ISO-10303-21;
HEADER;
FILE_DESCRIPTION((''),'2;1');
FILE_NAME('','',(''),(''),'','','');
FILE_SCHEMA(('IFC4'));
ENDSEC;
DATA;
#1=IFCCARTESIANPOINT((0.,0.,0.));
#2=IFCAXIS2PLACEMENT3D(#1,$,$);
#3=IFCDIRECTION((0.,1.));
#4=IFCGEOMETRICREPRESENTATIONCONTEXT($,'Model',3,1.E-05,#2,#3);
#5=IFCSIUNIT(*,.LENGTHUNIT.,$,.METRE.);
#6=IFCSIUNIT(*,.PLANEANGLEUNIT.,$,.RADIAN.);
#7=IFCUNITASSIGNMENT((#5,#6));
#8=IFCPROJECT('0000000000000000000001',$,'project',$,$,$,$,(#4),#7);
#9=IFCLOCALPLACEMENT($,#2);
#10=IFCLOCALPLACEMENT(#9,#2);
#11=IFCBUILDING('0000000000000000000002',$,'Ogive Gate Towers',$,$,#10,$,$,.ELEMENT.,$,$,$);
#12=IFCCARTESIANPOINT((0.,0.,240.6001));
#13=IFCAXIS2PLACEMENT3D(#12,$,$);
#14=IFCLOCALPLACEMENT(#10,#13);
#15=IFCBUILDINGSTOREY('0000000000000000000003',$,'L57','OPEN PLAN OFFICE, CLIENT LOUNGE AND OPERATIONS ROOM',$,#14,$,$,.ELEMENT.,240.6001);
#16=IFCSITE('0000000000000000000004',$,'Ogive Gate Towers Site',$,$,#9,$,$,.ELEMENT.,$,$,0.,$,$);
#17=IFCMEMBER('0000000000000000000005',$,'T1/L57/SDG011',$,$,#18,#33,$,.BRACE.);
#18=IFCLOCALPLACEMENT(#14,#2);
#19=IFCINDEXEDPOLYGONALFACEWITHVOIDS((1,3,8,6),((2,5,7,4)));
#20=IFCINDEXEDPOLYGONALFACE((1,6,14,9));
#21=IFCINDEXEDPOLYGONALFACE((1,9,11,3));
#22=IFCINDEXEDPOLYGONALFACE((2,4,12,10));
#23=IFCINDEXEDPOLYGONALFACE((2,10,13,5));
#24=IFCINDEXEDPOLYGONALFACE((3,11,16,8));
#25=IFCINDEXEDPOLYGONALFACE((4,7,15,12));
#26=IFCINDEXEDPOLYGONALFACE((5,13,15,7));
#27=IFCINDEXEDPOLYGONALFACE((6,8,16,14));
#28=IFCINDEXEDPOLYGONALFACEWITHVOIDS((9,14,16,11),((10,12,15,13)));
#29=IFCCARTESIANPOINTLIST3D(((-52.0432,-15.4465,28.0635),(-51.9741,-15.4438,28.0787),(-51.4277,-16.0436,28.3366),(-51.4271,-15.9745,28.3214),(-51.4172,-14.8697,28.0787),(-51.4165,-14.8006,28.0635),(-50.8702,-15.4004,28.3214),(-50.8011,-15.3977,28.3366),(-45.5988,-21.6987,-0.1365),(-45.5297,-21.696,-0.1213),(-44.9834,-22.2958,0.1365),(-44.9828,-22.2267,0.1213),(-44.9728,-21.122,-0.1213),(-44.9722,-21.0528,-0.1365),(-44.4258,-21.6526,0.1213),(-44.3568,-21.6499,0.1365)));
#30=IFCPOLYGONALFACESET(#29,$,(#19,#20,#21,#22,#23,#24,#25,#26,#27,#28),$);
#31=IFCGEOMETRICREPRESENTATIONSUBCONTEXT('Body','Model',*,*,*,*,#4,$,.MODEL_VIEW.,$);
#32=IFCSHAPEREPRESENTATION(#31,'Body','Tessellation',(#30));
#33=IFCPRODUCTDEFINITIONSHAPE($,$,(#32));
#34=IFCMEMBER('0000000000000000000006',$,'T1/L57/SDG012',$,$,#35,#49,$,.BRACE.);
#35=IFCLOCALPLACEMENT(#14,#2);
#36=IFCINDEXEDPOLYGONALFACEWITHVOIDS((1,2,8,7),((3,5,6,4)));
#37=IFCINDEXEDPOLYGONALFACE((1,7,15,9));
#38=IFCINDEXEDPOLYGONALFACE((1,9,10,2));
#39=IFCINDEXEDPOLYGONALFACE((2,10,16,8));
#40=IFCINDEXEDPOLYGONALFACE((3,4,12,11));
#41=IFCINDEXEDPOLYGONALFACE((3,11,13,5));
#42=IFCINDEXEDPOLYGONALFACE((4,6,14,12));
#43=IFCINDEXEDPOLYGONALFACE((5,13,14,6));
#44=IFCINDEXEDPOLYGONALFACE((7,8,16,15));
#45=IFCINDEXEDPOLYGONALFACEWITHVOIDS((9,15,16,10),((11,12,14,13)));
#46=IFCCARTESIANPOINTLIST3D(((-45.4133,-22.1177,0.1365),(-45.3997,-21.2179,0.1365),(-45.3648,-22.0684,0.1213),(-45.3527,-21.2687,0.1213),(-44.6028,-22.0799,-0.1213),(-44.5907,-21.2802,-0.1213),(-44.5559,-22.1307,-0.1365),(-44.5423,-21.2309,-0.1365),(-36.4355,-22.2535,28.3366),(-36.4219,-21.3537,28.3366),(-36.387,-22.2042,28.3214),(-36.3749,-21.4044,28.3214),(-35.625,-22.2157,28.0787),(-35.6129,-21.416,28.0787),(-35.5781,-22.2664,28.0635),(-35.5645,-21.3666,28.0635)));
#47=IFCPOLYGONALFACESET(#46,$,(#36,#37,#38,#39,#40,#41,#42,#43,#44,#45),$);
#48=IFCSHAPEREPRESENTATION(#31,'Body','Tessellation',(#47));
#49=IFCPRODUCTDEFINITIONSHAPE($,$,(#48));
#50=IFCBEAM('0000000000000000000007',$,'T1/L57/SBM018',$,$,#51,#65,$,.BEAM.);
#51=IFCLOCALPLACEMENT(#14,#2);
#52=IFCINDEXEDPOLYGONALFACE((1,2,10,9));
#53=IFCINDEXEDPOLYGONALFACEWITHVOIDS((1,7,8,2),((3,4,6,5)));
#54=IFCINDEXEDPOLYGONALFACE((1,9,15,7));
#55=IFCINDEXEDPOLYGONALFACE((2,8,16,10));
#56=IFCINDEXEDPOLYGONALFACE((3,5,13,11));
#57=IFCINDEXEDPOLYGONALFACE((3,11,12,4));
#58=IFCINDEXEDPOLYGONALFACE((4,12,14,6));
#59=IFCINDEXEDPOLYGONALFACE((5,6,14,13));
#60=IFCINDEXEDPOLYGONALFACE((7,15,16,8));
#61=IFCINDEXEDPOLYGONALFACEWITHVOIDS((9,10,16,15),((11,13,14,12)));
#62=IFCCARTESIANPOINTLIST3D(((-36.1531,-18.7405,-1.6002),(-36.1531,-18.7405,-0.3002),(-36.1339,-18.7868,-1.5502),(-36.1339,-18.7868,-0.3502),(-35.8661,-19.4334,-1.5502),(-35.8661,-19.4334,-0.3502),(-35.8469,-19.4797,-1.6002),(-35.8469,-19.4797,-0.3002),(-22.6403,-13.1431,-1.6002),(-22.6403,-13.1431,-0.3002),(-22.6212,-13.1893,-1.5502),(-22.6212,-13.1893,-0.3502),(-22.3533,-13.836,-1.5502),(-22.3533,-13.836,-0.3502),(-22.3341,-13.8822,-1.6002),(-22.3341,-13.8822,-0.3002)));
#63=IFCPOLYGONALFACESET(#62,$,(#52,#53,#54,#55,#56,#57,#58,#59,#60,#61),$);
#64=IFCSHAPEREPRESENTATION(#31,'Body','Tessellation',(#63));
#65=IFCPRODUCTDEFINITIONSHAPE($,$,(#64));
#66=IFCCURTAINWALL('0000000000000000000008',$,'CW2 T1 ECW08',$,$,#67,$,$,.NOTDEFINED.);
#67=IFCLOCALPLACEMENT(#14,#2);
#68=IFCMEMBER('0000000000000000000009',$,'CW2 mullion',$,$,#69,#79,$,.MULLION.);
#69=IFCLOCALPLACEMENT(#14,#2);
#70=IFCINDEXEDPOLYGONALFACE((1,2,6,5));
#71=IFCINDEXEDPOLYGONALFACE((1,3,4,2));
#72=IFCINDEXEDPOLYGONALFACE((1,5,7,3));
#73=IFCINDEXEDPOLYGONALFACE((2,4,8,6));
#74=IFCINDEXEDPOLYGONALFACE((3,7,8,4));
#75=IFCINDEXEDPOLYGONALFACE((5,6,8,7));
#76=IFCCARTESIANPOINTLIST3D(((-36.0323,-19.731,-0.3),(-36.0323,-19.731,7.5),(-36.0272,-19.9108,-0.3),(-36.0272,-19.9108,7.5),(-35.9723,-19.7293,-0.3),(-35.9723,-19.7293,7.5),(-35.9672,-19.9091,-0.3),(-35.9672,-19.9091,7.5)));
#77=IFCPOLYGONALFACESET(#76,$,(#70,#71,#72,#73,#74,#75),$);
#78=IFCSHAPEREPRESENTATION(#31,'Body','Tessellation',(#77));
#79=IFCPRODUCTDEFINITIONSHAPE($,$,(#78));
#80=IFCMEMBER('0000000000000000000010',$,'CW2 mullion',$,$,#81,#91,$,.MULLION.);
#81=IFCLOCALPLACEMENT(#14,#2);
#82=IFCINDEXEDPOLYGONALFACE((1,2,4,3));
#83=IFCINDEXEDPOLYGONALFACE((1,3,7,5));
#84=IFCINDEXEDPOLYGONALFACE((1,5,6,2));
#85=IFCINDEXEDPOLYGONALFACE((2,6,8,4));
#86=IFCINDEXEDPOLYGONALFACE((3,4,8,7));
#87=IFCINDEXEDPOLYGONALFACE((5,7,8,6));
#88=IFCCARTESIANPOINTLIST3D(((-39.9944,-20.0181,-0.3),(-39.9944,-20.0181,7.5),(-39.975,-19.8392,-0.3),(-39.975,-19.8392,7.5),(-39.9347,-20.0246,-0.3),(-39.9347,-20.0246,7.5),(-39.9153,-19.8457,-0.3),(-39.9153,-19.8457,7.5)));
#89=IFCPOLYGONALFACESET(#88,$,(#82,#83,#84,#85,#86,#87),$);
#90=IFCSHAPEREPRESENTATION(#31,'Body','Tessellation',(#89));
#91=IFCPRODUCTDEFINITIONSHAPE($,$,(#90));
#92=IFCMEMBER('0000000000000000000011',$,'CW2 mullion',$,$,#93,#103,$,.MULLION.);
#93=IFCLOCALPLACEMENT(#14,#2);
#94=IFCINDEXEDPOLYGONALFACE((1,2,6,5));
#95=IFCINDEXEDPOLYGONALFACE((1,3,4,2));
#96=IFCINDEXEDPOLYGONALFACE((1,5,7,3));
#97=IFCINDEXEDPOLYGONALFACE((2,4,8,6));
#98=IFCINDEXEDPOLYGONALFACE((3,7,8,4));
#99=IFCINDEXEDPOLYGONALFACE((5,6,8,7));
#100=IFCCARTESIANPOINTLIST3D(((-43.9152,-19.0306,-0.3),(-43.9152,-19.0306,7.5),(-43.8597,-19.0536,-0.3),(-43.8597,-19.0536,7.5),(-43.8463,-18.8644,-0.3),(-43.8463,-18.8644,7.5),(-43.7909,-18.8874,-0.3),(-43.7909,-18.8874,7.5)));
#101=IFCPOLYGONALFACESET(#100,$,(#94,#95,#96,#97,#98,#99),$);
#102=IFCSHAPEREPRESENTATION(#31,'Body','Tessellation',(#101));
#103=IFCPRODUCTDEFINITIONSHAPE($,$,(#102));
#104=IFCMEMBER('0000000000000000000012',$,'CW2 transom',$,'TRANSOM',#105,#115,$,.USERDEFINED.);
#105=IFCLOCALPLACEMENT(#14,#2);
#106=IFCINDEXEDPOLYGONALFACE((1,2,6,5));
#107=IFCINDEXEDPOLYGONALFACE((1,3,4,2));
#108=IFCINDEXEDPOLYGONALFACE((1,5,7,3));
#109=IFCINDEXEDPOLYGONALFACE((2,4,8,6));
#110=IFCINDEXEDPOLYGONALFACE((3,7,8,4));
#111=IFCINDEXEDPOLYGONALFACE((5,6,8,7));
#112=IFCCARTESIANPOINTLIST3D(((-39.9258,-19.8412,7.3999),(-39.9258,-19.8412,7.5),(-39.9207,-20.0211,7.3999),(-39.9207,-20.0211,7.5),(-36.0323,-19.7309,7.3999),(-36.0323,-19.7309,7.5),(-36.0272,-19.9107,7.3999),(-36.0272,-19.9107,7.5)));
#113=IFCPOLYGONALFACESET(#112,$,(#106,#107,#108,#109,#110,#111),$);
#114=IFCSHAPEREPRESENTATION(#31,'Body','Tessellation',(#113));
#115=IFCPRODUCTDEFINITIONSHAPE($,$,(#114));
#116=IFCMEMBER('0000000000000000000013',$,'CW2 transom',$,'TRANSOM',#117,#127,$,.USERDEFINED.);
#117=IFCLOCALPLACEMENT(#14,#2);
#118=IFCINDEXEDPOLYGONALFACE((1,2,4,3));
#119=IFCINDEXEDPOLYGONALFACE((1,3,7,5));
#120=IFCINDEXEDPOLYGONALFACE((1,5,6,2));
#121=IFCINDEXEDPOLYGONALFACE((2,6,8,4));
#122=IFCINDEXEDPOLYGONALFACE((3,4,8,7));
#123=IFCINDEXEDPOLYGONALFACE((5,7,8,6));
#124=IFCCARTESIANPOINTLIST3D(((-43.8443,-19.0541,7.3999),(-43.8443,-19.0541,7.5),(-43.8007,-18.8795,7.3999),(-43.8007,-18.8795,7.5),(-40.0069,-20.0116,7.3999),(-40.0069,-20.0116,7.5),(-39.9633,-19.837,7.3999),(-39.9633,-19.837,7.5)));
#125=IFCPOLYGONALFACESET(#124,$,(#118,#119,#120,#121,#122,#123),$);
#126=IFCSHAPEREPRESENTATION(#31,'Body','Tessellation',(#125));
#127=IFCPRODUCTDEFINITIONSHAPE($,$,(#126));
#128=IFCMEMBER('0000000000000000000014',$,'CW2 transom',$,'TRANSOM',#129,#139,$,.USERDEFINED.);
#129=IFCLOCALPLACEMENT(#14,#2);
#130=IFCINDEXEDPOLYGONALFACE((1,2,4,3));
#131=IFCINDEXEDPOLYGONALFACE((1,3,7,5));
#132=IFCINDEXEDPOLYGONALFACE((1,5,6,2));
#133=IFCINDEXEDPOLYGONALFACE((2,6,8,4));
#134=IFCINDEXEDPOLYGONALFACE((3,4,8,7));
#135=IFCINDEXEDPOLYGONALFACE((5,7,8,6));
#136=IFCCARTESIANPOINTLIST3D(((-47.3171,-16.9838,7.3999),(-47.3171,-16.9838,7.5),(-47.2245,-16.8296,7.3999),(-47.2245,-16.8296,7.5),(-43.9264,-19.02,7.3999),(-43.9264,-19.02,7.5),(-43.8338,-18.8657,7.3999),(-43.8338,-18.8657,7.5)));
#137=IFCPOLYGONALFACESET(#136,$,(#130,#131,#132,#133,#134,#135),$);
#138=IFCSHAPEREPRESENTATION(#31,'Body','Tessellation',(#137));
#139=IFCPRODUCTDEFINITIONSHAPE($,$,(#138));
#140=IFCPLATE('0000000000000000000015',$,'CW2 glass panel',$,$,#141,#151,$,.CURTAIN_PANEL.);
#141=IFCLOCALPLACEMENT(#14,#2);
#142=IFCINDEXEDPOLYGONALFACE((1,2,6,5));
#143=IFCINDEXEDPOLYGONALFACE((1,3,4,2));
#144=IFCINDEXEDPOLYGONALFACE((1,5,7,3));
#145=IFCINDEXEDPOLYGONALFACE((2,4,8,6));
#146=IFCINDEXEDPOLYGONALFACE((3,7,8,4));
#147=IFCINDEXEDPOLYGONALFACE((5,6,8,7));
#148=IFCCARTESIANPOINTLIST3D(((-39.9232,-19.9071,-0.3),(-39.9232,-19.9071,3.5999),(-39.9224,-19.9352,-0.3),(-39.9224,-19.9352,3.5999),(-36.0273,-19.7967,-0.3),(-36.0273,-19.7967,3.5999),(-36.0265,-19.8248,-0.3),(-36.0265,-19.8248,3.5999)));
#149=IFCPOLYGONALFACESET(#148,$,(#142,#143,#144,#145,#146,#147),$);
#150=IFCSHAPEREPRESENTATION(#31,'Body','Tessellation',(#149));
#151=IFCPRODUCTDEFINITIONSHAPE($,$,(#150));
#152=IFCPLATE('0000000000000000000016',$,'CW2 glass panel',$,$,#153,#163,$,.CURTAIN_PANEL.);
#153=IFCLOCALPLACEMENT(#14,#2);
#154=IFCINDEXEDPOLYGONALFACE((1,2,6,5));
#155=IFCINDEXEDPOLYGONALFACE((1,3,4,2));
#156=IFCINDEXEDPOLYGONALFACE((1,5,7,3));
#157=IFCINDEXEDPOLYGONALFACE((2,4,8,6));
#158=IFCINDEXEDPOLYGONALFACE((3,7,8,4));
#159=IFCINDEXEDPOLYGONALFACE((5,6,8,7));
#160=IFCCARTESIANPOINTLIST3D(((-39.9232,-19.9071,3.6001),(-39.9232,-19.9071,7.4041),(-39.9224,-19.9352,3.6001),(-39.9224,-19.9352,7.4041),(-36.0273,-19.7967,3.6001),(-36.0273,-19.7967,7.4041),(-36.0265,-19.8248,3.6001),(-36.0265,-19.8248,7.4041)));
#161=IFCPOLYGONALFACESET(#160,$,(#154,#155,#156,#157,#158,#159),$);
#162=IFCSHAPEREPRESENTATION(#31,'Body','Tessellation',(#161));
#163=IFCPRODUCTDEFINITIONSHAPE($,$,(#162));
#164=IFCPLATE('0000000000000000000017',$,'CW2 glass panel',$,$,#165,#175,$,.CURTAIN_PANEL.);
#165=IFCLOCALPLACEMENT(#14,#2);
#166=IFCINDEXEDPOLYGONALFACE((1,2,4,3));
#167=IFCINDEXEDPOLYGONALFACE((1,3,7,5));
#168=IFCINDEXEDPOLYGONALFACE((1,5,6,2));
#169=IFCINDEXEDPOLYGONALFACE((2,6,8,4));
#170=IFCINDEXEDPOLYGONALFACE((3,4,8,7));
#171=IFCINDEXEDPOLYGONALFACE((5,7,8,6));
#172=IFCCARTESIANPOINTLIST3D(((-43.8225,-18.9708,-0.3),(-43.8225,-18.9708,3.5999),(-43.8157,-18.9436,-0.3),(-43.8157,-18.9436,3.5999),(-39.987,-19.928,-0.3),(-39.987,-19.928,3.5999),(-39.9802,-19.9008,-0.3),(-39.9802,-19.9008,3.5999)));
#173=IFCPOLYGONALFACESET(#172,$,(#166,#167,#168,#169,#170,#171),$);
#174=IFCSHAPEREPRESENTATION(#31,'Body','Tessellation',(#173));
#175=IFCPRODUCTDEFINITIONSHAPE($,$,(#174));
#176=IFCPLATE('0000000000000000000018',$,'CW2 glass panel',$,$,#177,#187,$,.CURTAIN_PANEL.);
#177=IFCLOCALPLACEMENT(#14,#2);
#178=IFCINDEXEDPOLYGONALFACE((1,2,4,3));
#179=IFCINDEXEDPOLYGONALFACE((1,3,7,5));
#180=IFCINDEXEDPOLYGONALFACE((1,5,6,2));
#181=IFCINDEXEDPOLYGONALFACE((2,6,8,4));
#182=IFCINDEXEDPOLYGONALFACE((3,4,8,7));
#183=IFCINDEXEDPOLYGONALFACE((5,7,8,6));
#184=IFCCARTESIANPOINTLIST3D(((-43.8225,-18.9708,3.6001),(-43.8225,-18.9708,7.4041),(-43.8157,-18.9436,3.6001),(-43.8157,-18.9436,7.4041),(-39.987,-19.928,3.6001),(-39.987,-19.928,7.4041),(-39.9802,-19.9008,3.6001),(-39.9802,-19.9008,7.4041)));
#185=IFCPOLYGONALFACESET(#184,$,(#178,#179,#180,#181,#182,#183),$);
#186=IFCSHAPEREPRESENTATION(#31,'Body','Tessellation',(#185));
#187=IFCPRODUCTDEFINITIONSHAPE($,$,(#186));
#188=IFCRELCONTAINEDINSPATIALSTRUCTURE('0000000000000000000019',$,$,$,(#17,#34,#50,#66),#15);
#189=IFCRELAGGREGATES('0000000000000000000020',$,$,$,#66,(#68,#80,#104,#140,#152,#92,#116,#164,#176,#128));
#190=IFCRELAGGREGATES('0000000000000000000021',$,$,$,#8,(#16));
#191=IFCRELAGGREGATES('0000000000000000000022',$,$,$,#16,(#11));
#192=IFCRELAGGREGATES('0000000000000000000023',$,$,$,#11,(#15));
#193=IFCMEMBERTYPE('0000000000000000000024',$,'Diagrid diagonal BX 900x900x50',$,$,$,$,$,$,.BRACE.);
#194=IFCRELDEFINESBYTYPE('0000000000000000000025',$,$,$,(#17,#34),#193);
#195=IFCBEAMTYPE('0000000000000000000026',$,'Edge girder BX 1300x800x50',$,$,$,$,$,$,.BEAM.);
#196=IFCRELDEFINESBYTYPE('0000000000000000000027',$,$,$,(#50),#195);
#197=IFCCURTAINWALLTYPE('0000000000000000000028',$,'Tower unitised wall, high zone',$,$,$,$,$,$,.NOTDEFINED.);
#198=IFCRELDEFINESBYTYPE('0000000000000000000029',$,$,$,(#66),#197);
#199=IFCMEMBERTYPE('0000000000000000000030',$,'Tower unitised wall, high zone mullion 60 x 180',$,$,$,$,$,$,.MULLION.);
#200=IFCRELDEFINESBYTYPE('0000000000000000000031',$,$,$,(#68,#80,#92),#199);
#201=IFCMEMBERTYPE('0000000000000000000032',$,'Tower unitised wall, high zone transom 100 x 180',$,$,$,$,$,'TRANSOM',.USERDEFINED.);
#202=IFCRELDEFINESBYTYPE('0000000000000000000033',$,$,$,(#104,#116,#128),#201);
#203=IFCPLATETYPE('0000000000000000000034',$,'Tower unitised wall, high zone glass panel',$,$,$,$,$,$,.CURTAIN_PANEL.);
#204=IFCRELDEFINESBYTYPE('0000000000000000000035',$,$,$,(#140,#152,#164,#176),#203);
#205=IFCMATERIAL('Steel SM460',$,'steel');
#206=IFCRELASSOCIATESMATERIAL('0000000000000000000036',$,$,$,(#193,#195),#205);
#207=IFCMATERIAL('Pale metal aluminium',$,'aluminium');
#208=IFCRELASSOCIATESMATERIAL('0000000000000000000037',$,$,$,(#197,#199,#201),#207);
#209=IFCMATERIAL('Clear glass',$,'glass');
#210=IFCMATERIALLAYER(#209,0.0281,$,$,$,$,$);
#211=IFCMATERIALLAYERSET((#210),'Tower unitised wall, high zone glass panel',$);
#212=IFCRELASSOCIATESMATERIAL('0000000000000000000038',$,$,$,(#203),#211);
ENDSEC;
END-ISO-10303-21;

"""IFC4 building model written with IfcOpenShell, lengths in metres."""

from ifc_helpers import new_model, si_unit, direction, frame, origin, origin_2d, place, context, subcontext, project, spatial, rectangle, hollow_rectangle, extrude, material, layer, layer_set, material_profile, profile_set, type_object, element, aggregate, save


model = new_model("IFC4")

# Units and contexts
model_context = context("Model", 3, precision=1e-05, world=origin(), true_north=direction((0.0, 1.0)))
body_context = subcontext(model_context, "Body", "Model", "MODEL_VIEW")
ifc_project = project(units=[si_unit("LENGTHUNIT", "METRE"), si_unit("PLANEANGLEUNIT", "RADIAN")], contexts=[model_context])

# Site, building, storey
site_placement = place(None, origin())
site = spatial("IfcSite", under=ifc_project, at=site_placement, Name="Ogive Gate Towers Site", CompositionType="ELEMENT", RefElevation=0.0)
building_placement = place(site_placement, origin())
building = spatial("IfcBuilding", under=site, at=building_placement, Name="Ogive Gate Towers", CompositionType="ELEMENT")
storey_placement = place(building_placement, frame((0.0, 0.0, 240.6001)))
storey = spatial("IfcBuildingStorey", under=building, at=storey_placement, Name="L57", Description="OPEN PLAN OFFICE, CLIENT LOUNGE AND OPERATIONS ROOM", CompositionType="ELEMENT", Elevation=240.6001)

# Members
ifc_material_1 = material(Name="Steel SM460", Category="steel")
ifc_material_profile_1 = material_profile(ifc_material_1, hollow_rectangle(XDim=0.8999, YDim=0.8999, WallThickness=0.05, at=origin_2d()), Name="BX 900x900x50")
ifc_profile_set_1 = profile_set([ifc_material_profile_1], Name="Steel SM460")
member_type_1 = type_object("IfcMemberType", Name="Diagrid diagonal BX 900x900x50", PredefinedType="BRACE", material=ifc_profile_set_1)
for number, where, z_axis, x_axis, name in (
    (1, (-44.9778, -21.6743, 0.0), (-0.217752, 0.211259, 0.952866), (-0.696326, -0.717725, 0.0), "T1/L57/SDG011"),
    (2, (-44.9778, -21.6743, 0.0), (0.303356, -0.004587, 0.952866), (0.015118, 0.999886, 0.0), "T1/L57/SDG012"),
):
    element("IfcMember", number, at=place(storey_placement, frame(where, z_axis=z_axis, x_axis=x_axis)), inside=storey, type_object=member_type_1, Name=name, PredefinedType="BRACE", context=body_context, shape_type="SweptSolid", body=[
        extrude(hollow_rectangle(XDim=0.8999, YDim=0.8999, WallThickness=0.05, at=origin_2d()), origin(), (0.0, 0.0, 1.0), 29.595),
    ])

# Beam
ifc_material_profile_2 = material_profile(ifc_material_1, hollow_rectangle(XDim=0.8, YDim=1.3, WallThickness=0.05, at=origin_2d()), Name="BX 1300x800x50")
ifc_profile_set_2 = profile_set([ifc_material_profile_2], Name="Steel SM460")
beam_type = type_object("IfcBeamType", Name="Edge girder BX 1300x800x50", PredefinedType="BEAM", material=ifc_profile_set_2)
beam_placement = place(storey_placement, frame((-36.0, -19.1101, -0.9502), z_axis=(0.923873, 0.382699, 0.0), x_axis=(-0.382699, 0.923873, 0.0)))
element("IfcBeam", 3, at=beam_placement, inside=storey, type_object=beam_type, Name="T1/L57/SBM018", PredefinedType="BEAM", context=body_context, shape_type="SweptSolid", body=[
    extrude(hollow_rectangle(XDim=0.8, YDim=1.3, WallThickness=0.05, at=origin_2d()), origin(), (0.0, 0.0, 1.0), 14.6262),
])

# Curtain wall, members, plates
ifc_material_2 = material(Name="Pale metal aluminium", Category="aluminium")
curtain_wall_type = type_object("IfcCurtainWallType", Name="Tower unitised wall, high zone", PredefinedType="NOTDEFINED", material=ifc_material_2)
curtain_wall_1_placement = place(storey_placement, origin())
curtain_wall_1 = element("IfcCurtainWall", 4, at=curtain_wall_1_placement, inside=storey, type_object=curtain_wall_type, Name="CW2 T1 ECW08", PredefinedType="NOTDEFINED")
ifc_material_profile_3 = material_profile(ifc_material_2, rectangle(XDim=0.1799, YDim=0.0601, at=origin_2d()), Name="60 x 180 aluminium box")
ifc_profile_set_3 = profile_set([ifc_material_profile_3], Name="Pale metal aluminium")
member_type_2 = type_object("IfcMemberType", Name="Tower unitised wall, high zone mullion 60 x 180", PredefinedType="MULLION", material=ifc_profile_set_3)
member_1_placement = place(storey_placement, frame((-35.9998, -19.8201, -0.3), z_axis=(0.0, 0.0, 1.0), x_axis=(-0.028323, 0.999599, 0.0)))
member_1 = element("IfcMember", 5, at=member_1_placement, type_object=member_type_2, Name="CW2 mullion", PredefinedType="MULLION", context=body_context, shape_type="SweptSolid", body=[
    extrude(rectangle(XDim=0.1799, YDim=0.0601, at=origin_2d()), origin(), (0.0, 0.0, 1.0), 7.8),
])
member_2_placement = place(storey_placement, frame((-39.9548, -19.9319, -0.3), z_axis=(0.0, 0.0, 1.0), x_axis=(0.107913, 0.99416, 0.0)))
member_2 = element("IfcMember", 6, at=member_2_placement, type_object=member_type_2, Name="CW2 mullion", PredefinedType="MULLION", context=body_context, shape_type="SweptSolid", body=[
    extrude(rectangle(XDim=0.1799, YDim=0.0601, at=origin_2d()), origin(), (0.0, 0.0, 1.0), 7.8),
])
member_3_placement = place(storey_placement, frame((-43.853, -18.959, -0.3), z_axis=(0.0, 0.0, 1.0), x_axis=(0.382683, 0.92388, 0.0)))
member_3 = element("IfcMember", 7, at=member_3_placement, type_object=member_type_2, Name="CW2 mullion", PredefinedType="MULLION", context=body_context, shape_type="SweptSolid", body=[
    extrude(rectangle(XDim=0.1799, YDim=0.0601, at=origin_2d()), origin(), (0.0, 0.0, 1.0), 7.8),
])
ifc_material_profile_4 = material_profile(ifc_material_2, rectangle(XDim=0.1799, YDim=0.1001, at=origin_2d()), Name="100 x 180 aluminium box")
ifc_profile_set_4 = profile_set([ifc_material_profile_4], Name="Pale metal aluminium")
member_type_3 = type_object("IfcMemberType", Name="Tower unitised wall, high zone transom 100 x 180", ElementType="TRANSOM", PredefinedType="USERDEFINED", material=ifc_profile_set_4)
member_4_placement = place(storey_placement, frame((-36.0298, -19.8208, 7.45), z_axis=(-0.999599, -0.028331, 0.0), x_axis=(0.028331, -0.999599, 0.0)))
member_4 = element("IfcMember", 8, at=member_4_placement, type_object=member_type_3, Name="CW2 transom", ObjectType="TRANSOM", PredefinedType="USERDEFINED", context=body_context, shape_type="SweptSolid", body=[
    extrude(rectangle(XDim=0.1799, YDim=0.1001, at=origin_2d()), origin(), (0.0, 0.0, 1.0), 3.895),
])
member_5_placement = place(storey_placement, frame((-39.9851, -19.9243, 7.45), z_axis=(-0.970251, 0.2421, 0.0), x_axis=(-0.2421, -0.970251, 0.0)))
member_5 = element("IfcMember", 9, at=member_5_placement, type_object=member_type_3, Name="CW2 transom", ObjectType="TRANSOM", PredefinedType="USERDEFINED", context=body_context, shape_type="SweptSolid", body=[
    extrude(rectangle(XDim=0.1799, YDim=0.1001, at=origin_2d()), origin(), (0.0, 0.0, 1.0), 3.9551),
])
member_6_placement = place(storey_placement, frame((-43.8801, -18.9429, 7.45), z_axis=(-0.857297, 0.514823, 0.0), x_axis=(-0.514823, -0.857297, 0.0)))
member_6 = element("IfcMember", 10, at=member_6_placement, type_object=member_type_3, Name="CW2 transom", ObjectType="TRANSOM", PredefinedType="USERDEFINED", context=body_context, shape_type="SweptSolid", body=[
    extrude(rectangle(XDim=0.1799, YDim=0.1001, at=origin_2d()), origin(), (0.0, 0.0, 1.0), 3.9551),
])
ifc_material_3 = material(Name="Clear glass", Category="glass")
ifc_layer = layer(ifc_material_3, 0.0281)
ifc_layer_set = layer_set([ifc_layer], Name="Tower unitised wall, high zone glass panel")
plate_type = type_object("IfcPlateType", Name="Tower unitised wall, high zone glass panel", PredefinedType="CURTAIN_PANEL", material=ifc_layer_set)
plate_1_placement = place(storey_placement, frame((-37.9749, -19.866, -0.3), z_axis=(0.0, 0.0, 1.0), x_axis=(-0.999599, -0.028323, 0.0)))
plate_1 = element("IfcPlate", 11, at=plate_1_placement, type_object=plate_type, Name="CW2 glass panel", PredefinedType="CURTAIN_PANEL", context=body_context, shape_type="SweptSolid", body=[
    extrude(rectangle(XDim=3.8975, YDim=0.0281, at=origin_2d()), origin(), (0.0, 0.0, 1.0), 3.8999),
])
plate_2_placement = place(storey_placement, frame((-37.9749, -19.866, 3.6001), z_axis=(0.0, 0.0, 1.0), x_axis=(-0.999599, -0.028323, 0.0)))
plate_2 = element("IfcPlate", 12, at=plate_2_placement, type_object=plate_type, Name="CW2 glass panel", PredefinedType="CURTAIN_PANEL", context=body_context, shape_type="SweptSolid", body=[
    extrude(rectangle(XDim=3.8975, YDim=0.0281, at=origin_2d()), origin(), (0.0, 0.0, 1.0), 3.804),
])
plate_3_placement = place(storey_placement, frame((-41.9014, -19.4358, -0.3), z_axis=(0.0, 0.0, 1.0), x_axis=(-0.970241, 0.242142, 0.0)))
plate_3 = element("IfcPlate", 13, at=plate_3_placement, type_object=plate_type, Name="CW2 glass panel", PredefinedType="CURTAIN_PANEL", context=body_context, shape_type="SweptSolid", body=[
    extrude(rectangle(XDim=3.9531, YDim=0.0281, at=origin_2d()), origin(), (0.0, 0.0, 1.0), 3.8999),
])
plate_4_placement = place(storey_placement, frame((-41.9014, -19.4358, 3.6001), z_axis=(0.0, 0.0, 1.0), x_axis=(-0.970241, 0.242142, 0.0)))
plate_4 = element("IfcPlate", 14, at=plate_4_placement, type_object=plate_type, Name="CW2 glass panel", PredefinedType="CURTAIN_PANEL", context=body_context, shape_type="SweptSolid", body=[
    extrude(rectangle(XDim=3.9531, YDim=0.0281, at=origin_2d()), origin(), (0.0, 0.0, 1.0), 3.804),
])
aggregate(curtain_wall_1, [member_1, member_2, member_4, plate_1, plate_2, member_3, member_5, plate_3, plate_4, member_6])

save(model, "model.ifc")
